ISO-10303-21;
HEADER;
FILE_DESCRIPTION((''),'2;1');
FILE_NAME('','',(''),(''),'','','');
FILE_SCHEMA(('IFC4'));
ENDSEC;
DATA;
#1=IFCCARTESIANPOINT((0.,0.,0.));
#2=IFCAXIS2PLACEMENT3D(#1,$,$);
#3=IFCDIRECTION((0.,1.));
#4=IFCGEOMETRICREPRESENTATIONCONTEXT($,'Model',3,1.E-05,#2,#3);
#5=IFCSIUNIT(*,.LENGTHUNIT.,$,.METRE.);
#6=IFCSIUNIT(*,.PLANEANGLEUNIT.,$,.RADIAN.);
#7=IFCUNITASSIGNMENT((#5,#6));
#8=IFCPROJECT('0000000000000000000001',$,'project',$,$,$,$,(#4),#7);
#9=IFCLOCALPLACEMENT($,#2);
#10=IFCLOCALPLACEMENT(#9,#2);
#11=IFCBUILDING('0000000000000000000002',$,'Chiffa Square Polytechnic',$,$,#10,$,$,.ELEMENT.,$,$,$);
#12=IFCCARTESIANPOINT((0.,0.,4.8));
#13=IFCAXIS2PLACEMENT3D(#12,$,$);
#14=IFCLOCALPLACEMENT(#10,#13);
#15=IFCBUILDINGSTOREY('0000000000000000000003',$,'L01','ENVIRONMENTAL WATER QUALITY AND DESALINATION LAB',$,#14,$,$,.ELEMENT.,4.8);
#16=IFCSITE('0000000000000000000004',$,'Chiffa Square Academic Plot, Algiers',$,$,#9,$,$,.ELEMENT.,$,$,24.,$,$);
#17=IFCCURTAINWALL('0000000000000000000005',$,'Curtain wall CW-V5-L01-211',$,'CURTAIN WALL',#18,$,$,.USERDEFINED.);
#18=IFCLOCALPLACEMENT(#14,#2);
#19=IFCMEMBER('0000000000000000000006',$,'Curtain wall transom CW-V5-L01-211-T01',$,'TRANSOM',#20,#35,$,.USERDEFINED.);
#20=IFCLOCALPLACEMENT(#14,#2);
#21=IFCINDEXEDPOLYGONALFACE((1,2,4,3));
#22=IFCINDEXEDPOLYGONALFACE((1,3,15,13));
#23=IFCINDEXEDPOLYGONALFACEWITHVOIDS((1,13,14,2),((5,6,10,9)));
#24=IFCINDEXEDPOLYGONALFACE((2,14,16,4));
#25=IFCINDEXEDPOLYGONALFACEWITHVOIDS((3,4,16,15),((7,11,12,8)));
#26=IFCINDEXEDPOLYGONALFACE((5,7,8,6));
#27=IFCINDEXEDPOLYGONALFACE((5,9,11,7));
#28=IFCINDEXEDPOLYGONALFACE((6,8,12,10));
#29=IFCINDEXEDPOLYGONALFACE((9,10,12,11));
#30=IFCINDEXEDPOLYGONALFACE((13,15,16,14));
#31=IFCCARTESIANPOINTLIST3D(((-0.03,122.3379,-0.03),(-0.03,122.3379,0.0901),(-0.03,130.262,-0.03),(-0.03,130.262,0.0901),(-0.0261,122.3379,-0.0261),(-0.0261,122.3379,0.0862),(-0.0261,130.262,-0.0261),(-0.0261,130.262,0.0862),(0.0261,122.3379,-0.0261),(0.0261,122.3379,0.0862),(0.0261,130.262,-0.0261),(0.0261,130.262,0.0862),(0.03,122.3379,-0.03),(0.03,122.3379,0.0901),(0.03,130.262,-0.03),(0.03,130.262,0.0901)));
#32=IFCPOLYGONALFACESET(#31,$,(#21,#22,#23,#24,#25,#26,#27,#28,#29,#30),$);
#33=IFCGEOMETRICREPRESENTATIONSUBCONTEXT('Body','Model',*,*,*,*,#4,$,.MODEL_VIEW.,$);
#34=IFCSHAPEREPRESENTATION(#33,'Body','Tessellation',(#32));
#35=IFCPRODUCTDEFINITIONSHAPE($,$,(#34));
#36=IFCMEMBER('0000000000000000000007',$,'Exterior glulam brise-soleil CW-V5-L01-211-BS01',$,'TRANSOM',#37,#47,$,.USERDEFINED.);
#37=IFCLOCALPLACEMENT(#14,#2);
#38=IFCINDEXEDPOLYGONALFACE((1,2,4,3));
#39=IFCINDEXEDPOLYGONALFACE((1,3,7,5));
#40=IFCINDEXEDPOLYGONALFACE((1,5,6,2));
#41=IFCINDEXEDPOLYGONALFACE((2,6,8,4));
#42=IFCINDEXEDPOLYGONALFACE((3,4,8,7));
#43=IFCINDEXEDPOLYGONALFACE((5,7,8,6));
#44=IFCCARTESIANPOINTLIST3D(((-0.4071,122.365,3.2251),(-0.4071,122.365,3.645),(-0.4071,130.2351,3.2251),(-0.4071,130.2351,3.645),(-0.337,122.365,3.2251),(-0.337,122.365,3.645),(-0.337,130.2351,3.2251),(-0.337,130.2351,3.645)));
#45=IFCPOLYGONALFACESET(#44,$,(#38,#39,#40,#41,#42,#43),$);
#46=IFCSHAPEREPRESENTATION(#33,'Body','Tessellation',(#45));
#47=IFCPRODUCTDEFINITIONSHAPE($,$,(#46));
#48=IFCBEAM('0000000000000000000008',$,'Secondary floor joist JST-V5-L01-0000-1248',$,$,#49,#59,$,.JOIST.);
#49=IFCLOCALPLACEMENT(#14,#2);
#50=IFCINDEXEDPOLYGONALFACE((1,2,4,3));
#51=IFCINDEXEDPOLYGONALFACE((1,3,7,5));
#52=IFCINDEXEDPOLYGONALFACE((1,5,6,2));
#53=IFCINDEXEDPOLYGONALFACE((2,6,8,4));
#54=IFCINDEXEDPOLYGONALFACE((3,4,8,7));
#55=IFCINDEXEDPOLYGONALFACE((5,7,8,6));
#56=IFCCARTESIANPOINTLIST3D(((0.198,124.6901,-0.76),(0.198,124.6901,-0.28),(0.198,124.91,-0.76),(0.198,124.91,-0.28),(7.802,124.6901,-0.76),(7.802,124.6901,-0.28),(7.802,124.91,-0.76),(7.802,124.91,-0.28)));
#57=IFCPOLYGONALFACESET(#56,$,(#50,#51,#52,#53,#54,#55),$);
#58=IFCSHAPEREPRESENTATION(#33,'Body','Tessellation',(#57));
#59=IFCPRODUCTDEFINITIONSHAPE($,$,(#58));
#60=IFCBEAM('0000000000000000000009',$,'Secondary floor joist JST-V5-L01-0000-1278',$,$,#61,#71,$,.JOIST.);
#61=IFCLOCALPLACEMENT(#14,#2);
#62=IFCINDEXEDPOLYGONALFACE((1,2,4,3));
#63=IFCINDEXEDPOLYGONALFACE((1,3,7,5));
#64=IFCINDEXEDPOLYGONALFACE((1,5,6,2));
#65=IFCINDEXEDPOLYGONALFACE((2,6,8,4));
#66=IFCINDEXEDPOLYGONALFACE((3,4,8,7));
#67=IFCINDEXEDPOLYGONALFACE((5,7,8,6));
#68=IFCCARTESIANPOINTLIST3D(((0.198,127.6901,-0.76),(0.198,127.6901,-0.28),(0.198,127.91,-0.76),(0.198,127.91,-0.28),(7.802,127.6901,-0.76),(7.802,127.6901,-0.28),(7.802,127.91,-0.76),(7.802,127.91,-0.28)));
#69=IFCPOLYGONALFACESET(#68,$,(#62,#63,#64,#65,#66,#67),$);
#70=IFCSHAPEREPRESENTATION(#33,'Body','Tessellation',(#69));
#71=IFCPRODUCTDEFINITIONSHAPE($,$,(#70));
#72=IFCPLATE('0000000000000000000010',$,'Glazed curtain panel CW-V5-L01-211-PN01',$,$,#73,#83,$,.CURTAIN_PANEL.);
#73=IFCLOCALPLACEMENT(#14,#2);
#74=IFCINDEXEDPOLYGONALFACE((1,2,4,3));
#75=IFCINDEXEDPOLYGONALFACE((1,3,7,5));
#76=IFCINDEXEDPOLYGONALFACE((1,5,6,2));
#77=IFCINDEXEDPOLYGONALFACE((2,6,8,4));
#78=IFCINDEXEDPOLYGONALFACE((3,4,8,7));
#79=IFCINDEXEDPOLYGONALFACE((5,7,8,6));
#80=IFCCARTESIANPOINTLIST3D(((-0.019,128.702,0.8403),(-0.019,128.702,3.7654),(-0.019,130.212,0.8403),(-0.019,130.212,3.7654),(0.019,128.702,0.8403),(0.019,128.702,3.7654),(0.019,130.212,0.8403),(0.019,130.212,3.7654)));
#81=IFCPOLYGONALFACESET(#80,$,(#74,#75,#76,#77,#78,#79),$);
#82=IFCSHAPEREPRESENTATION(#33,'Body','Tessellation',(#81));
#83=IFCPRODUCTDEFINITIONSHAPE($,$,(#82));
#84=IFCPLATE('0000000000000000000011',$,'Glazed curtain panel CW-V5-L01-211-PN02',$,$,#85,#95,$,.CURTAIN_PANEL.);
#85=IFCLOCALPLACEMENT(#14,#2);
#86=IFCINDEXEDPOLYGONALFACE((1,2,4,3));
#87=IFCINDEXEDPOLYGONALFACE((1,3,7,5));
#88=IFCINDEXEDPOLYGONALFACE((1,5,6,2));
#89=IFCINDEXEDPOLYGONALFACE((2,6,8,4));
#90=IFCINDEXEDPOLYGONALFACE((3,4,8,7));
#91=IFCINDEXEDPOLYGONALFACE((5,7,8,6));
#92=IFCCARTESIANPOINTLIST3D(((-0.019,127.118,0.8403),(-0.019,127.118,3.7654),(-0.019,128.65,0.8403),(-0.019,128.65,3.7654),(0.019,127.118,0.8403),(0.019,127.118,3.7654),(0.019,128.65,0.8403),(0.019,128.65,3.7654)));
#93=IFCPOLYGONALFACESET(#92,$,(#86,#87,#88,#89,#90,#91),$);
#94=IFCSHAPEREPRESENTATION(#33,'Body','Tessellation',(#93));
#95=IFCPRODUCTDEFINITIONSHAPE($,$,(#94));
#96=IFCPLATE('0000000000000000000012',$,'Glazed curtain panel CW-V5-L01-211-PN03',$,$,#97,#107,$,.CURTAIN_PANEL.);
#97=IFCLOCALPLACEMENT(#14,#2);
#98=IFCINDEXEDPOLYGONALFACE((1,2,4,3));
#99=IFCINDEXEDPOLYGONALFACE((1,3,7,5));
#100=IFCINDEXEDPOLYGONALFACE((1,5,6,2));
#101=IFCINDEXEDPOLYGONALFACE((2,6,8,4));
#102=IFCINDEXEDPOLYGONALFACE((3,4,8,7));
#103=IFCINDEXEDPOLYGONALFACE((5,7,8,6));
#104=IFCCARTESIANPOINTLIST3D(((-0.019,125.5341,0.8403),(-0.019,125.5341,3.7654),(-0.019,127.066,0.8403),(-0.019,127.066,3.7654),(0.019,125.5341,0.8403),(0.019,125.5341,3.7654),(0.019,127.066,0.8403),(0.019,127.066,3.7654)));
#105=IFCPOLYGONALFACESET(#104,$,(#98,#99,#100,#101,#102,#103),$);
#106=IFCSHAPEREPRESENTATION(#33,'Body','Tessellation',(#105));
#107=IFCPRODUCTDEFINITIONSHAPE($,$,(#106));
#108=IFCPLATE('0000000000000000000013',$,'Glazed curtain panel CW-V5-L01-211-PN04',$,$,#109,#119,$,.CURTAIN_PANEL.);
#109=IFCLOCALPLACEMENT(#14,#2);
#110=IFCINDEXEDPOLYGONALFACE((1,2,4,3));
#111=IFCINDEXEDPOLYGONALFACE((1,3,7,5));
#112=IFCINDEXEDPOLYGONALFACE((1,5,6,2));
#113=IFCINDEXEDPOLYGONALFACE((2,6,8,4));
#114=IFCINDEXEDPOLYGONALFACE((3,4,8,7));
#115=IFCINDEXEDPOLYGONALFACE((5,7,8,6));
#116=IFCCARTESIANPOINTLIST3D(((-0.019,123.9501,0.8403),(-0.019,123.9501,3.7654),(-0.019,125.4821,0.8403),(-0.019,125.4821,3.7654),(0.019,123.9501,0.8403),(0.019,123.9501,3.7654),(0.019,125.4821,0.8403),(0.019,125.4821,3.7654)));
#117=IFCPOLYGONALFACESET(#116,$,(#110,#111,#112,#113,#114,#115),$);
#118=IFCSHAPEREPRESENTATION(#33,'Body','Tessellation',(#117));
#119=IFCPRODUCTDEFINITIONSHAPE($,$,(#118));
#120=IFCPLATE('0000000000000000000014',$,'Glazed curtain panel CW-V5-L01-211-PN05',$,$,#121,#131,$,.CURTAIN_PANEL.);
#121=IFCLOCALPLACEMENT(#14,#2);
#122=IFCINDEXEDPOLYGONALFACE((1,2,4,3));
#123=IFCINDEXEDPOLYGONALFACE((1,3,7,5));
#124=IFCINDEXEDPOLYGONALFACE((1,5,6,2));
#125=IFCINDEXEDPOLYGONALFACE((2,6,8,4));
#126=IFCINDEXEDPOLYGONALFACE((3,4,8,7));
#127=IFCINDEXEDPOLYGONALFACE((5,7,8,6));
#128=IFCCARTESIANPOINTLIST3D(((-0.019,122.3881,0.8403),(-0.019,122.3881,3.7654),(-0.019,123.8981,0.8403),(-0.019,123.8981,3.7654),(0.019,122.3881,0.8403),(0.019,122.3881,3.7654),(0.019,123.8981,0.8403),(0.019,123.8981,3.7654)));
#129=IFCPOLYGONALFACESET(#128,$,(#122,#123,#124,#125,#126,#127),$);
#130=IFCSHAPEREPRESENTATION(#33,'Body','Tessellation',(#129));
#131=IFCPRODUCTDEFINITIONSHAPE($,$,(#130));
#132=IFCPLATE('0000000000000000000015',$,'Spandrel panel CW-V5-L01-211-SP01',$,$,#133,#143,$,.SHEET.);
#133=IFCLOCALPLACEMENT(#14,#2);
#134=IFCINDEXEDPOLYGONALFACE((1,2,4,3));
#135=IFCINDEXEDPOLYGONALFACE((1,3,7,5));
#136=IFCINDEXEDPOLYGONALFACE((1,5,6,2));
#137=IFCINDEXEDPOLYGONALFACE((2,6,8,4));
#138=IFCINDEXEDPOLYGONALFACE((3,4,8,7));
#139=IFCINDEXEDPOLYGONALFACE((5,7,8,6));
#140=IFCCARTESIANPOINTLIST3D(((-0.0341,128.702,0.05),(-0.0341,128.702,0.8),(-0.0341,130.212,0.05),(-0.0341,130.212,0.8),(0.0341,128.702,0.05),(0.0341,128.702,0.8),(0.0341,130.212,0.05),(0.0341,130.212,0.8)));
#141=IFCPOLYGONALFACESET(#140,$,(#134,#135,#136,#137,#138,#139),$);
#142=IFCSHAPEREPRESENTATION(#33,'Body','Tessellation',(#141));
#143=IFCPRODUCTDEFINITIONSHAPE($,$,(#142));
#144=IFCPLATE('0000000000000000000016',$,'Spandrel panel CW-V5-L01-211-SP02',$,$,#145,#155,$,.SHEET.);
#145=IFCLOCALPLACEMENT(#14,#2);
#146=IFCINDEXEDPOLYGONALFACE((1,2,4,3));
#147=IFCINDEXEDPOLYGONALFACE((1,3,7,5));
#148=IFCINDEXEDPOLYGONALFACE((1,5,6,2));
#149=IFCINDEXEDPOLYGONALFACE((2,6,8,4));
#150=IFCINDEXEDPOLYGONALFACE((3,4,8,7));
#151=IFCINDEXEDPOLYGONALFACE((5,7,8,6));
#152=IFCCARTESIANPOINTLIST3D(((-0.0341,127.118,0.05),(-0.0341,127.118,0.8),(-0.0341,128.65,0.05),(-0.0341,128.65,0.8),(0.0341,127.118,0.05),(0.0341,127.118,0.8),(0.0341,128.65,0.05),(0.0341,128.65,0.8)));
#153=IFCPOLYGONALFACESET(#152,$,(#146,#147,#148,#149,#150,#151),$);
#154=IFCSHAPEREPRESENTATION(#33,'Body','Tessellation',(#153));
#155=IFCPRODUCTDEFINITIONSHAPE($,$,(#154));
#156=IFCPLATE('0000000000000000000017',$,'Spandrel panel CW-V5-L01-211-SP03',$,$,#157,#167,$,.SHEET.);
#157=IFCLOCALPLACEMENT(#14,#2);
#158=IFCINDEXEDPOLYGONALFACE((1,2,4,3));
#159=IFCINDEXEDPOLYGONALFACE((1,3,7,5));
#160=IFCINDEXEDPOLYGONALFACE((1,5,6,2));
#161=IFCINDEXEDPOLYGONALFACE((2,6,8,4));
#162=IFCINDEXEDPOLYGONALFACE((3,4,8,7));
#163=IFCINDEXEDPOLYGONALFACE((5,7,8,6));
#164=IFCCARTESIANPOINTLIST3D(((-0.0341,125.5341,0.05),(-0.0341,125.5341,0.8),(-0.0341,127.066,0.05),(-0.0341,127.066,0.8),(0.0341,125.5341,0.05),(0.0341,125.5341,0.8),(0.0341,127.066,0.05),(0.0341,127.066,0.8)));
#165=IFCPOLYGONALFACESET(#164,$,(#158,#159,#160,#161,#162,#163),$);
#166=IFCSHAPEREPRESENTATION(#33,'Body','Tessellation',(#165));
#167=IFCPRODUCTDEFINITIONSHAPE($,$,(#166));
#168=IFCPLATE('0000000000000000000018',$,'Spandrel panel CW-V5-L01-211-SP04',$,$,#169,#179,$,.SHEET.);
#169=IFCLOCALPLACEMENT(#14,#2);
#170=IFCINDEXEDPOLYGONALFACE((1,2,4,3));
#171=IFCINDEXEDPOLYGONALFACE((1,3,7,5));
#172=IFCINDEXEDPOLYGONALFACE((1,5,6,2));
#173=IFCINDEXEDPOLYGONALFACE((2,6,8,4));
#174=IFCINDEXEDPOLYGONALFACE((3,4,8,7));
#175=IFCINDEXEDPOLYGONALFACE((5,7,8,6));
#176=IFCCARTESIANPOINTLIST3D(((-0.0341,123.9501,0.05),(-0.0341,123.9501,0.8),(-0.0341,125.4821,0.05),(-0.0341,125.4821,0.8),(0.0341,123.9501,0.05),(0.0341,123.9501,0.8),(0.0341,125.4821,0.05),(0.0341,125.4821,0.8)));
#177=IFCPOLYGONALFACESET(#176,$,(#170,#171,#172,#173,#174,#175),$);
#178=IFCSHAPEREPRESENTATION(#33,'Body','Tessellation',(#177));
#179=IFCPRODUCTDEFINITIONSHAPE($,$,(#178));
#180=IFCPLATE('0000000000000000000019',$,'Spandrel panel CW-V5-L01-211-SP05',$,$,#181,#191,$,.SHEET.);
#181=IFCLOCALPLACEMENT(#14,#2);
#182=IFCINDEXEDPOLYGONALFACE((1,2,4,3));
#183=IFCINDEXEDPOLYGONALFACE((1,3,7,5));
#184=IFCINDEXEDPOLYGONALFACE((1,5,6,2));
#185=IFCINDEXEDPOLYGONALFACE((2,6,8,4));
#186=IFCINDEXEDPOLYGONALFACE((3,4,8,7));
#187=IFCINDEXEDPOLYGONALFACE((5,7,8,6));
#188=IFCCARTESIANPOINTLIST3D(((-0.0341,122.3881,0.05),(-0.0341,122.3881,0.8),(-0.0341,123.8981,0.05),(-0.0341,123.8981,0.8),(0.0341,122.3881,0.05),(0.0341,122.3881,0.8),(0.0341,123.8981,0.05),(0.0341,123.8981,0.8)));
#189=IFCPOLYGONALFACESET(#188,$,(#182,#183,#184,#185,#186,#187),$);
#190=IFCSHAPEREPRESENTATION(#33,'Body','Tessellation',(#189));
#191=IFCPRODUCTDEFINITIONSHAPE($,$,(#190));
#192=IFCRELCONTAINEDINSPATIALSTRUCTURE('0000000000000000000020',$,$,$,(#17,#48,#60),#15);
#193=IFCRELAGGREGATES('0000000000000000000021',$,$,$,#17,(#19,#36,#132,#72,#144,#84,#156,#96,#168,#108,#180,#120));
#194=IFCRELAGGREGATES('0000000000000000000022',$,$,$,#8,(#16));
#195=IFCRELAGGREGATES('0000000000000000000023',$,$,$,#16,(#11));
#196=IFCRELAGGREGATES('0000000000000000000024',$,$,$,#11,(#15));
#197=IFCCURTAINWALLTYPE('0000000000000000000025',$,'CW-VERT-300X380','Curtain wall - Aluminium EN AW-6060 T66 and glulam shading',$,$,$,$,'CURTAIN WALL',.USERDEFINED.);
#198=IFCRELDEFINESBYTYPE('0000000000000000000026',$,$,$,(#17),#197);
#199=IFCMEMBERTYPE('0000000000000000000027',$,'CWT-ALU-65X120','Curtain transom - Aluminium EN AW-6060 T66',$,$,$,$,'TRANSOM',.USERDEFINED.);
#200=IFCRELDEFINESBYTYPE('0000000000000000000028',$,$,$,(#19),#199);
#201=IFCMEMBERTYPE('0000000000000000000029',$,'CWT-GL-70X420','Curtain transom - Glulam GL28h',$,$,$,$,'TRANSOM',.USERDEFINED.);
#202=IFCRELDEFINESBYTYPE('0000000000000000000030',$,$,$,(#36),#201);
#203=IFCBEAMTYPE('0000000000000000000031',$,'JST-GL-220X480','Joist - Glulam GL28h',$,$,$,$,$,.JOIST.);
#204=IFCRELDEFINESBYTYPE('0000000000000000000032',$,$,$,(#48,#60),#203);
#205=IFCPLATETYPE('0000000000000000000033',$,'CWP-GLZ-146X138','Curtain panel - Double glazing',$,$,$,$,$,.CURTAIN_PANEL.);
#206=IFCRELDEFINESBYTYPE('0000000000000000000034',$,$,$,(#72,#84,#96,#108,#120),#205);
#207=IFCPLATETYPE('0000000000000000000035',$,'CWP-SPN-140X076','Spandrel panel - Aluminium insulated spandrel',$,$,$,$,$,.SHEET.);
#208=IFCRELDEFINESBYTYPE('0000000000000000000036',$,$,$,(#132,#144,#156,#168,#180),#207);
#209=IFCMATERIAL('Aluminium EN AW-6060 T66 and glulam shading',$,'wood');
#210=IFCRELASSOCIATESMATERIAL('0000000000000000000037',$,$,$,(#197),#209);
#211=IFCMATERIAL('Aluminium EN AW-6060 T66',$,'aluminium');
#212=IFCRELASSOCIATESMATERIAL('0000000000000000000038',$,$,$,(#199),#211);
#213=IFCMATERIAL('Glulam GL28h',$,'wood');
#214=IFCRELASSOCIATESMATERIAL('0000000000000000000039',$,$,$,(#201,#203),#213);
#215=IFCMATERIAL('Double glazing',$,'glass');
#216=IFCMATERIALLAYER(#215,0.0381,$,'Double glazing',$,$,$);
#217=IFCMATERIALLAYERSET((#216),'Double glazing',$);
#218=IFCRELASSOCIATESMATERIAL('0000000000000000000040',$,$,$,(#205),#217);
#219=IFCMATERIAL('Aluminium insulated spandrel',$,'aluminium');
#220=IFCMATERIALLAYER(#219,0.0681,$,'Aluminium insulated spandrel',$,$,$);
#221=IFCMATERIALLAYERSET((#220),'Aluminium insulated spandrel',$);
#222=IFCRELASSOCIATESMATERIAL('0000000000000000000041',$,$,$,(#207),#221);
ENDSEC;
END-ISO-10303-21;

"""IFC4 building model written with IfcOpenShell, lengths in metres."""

from ifc_helpers import new_model, si_unit, direction, frame, origin, origin_2d, place, context, subcontext, project, spatial, rectangle, hollow_rectangle, extrude, material, layer, layer_set, material_profile, profile_set, type_object, element, aggregate, save


model = new_model("IFC4")

# Units and contexts
model_context = context("Model", 3, precision=1e-05, world=origin(), true_north=direction((0.0, 1.0)))
body_context = subcontext(model_context, "Body", "Model", "MODEL_VIEW")
ifc_project = project(units=[si_unit("LENGTHUNIT", "METRE"), si_unit("PLANEANGLEUNIT", "RADIAN")], contexts=[model_context])

# Site, building, storey
site_placement = place(None, origin())
site = spatial("IfcSite", under=ifc_project, at=site_placement, Name="Chiffa Square Academic Plot, Algiers", CompositionType="ELEMENT", RefElevation=24.0)
building_placement = place(site_placement, origin())
building = spatial("IfcBuilding", under=site, at=building_placement, Name="Chiffa Square Polytechnic", CompositionType="ELEMENT")
storey_placement = place(building_placement, frame((0.0, 0.0, 4.8)))
storey = spatial("IfcBuildingStorey", under=building, at=storey_placement, Name="L01", Description="ENVIRONMENTAL WATER QUALITY AND DESALINATION LAB", CompositionType="ELEMENT", Elevation=4.8)

# Curtain wall, members
ifc_material_1 = material(Name="Aluminium EN AW-6060 T66 and glulam shading", Category="wood")
curtain_wall_type = type_object("IfcCurtainWallType", Name="CW-VERT-300X380", Description="Curtain wall - Aluminium EN AW-6060 T66 and glulam shading", ElementType="CURTAIN WALL", PredefinedType="USERDEFINED", material=ifc_material_1)
curtain_wall_placement = place(storey_placement, origin())
curtain_wall = element("IfcCurtainWall", 1, at=curtain_wall_placement, inside=storey, type_object=curtain_wall_type, Name="Curtain wall CW-V5-L01-211", ObjectType="CURTAIN WALL", PredefinedType="USERDEFINED")
ifc_material_2 = material(Name="Aluminium EN AW-6060 T66", Category="aluminium")
ifc_material_3 = material(Name="Glulam GL28h", Category="wood")
ifc_material_profile_1 = material_profile(ifc_material_2, hollow_rectangle(XDim=0.0601, YDim=0.1201, WallThickness=0.0039, at=origin_2d()), Name="ALU 60x120x4")
ifc_profile_set_1 = profile_set([ifc_material_profile_1], Name="Aluminium EN AW-6060 T66")
member_type_1 = type_object("IfcMemberType", Name="CWT-ALU-65X120", Description="Curtain transom - Aluminium EN AW-6060 T66", ElementType="TRANSOM", PredefinedType="USERDEFINED", material=ifc_profile_set_1)
member_1_placement = place(storey_placement, frame((0.0, 130.262, 0.03), z_axis=(0.0, -1.0, 0.0), x_axis=(1.0, 0.0, 0.0)))
member_1 = element("IfcMember", 2, at=member_1_placement, type_object=member_type_1, Name="Curtain wall transom CW-V5-L01-211-T01", ObjectType="TRANSOM", PredefinedType="USERDEFINED", context=body_context, shape_type="SweptSolid", body=[
    extrude(hollow_rectangle(XDim=0.0601, YDim=0.1201, WallThickness=0.0039, at=origin_2d()), origin(), (0.0, 0.0, 1.0), 7.9241),
])
ifc_material_profile_2 = material_profile(ifc_material_3, rectangle(XDim=0.0701, YDim=0.4199, at=origin_2d()), Name="GL28h 70x420")
ifc_profile_set_2 = profile_set([ifc_material_profile_2], Name="Glulam GL28h")
member_type_2 = type_object("IfcMemberType", Name="CWT-GL-70X420", Description="Curtain transom - Glulam GL28h", ElementType="TRANSOM", PredefinedType="USERDEFINED", material=ifc_profile_set_2)
member_2_placement = place(storey_placement, frame((-0.3721, 130.2351, 3.4351), z_axis=(0.0, -1.0, 0.0), x_axis=(1.0, 0.0, 0.0)))
member_2 = element("IfcMember", 3, at=member_2_placement, type_object=member_type_2, Name="Exterior glulam brise-soleil CW-V5-L01-211-BS01", ObjectType="TRANSOM", PredefinedType="USERDEFINED", context=body_context, shape_type="SweptSolid", body=[
    extrude(rectangle(XDim=0.0701, YDim=0.4199, at=origin_2d()), origin(), (0.0, 0.0, 1.0), 7.8701),
])

# Beams
ifc_material_profile_3 = material_profile(ifc_material_3, rectangle(XDim=0.22, YDim=0.48, at=origin_2d()), Name="GL28h 220x480")
ifc_profile_set_3 = profile_set([ifc_material_profile_3], Name="Glulam GL28h")
beam_type = type_object("IfcBeamType", Name="JST-GL-220X480", Description="Joist - Glulam GL28h", PredefinedType="JOIST", material=ifc_profile_set_3)
for number, where, z_axis, x_axis, name in (
    (4, (0.198, 124.8, -0.52), (1.0, 0.0, 0.0), (0.0, 1.0, 0.0), "Secondary floor joist JST-V5-L01-0000-1248"),
    (5, (0.198, 127.8, -0.52), (1.0, 0.0, 0.0), (0.0, 1.0, 0.0), "Secondary floor joist JST-V5-L01-0000-1278"),
):
    element("IfcBeam", number, at=place(storey_placement, frame(where, z_axis=z_axis, x_axis=x_axis)), inside=storey, type_object=beam_type, Name=name, PredefinedType="JOIST", context=body_context, shape_type="SweptSolid", body=[
        extrude(rectangle(XDim=0.22, YDim=0.48, at=origin_2d()), origin(), (0.0, 0.0, 1.0), 7.604),
    ])

# Plates
ifc_material_4 = material(Name="Double glazing", Category="glass")
ifc_layer_1 = layer(ifc_material_4, 0.0381, Name="Double glazing")
ifc_layer_set_1 = layer_set([ifc_layer_1], Name="Double glazing")
plate_type_1 = type_object("IfcPlateType", Name="CWP-GLZ-146X138", Description="Curtain panel - Double glazing", PredefinedType="CURTAIN_PANEL", material=ifc_layer_set_1)
plate_1_placement = place(storey_placement, frame((0.0, 129.457, 0.8403), z_axis=(0.0, 0.0, 1.0), x_axis=(0.0, -1.0, 0.0)))
plate_1 = element("IfcPlate", 6, at=plate_1_placement, type_object=plate_type_1, Name="Glazed curtain panel CW-V5-L01-211-PN01", PredefinedType="CURTAIN_PANEL", context=body_context, shape_type="SweptSolid", body=[
    extrude(rectangle(XDim=1.51, YDim=0.0381, at=origin_2d()), origin(), (0.0, 0.0, 1.0), 2.925),
])
plate_2_placement = place(storey_placement, frame((0.0, 127.884, 0.8403), z_axis=(0.0, 0.0, 1.0), x_axis=(0.0, -1.0, 0.0)))
plate_2 = element("IfcPlate", 7, at=plate_2_placement, type_object=plate_type_1, Name="Glazed curtain panel CW-V5-L01-211-PN02", PredefinedType="CURTAIN_PANEL", context=body_context, shape_type="SweptSolid", body=[
    extrude(rectangle(XDim=1.532, YDim=0.0381, at=origin_2d()), origin(), (0.0, 0.0, 1.0), 2.925),
])
plate_3_placement = place(storey_placement, frame((0.0, 126.3, 0.8403), z_axis=(0.0, 0.0, 1.0), x_axis=(0.0, -1.0, 0.0)))
plate_3 = element("IfcPlate", 8, at=plate_3_placement, type_object=plate_type_1, Name="Glazed curtain panel CW-V5-L01-211-PN03", PredefinedType="CURTAIN_PANEL", context=body_context, shape_type="SweptSolid", body=[
    extrude(rectangle(XDim=1.532, YDim=0.0381, at=origin_2d()), origin(), (0.0, 0.0, 1.0), 2.925),
])
plate_4_placement = place(storey_placement, frame((0.0, 124.7161, 0.8403), z_axis=(0.0, 0.0, 1.0), x_axis=(0.0, -1.0, 0.0)))
plate_4 = element("IfcPlate", 9, at=plate_4_placement, type_object=plate_type_1, Name="Glazed curtain panel CW-V5-L01-211-PN04", PredefinedType="CURTAIN_PANEL", context=body_context, shape_type="SweptSolid", body=[
    extrude(rectangle(XDim=1.532, YDim=0.0381, at=origin_2d()), origin(), (0.0, 0.0, 1.0), 2.925),
])
plate_5_placement = place(storey_placement, frame((0.0, 123.1431, 0.8403), z_axis=(0.0, 0.0, 1.0), x_axis=(0.0, -1.0, 0.0)))
plate_5 = element("IfcPlate", 10, at=plate_5_placement, type_object=plate_type_1, Name="Glazed curtain panel CW-V5-L01-211-PN05", PredefinedType="CURTAIN_PANEL", context=body_context, shape_type="SweptSolid", body=[
    extrude(rectangle(XDim=1.51, YDim=0.0381, at=origin_2d()), origin(), (0.0, 0.0, 1.0), 2.925),
])
ifc_material_5 = material(Name="Aluminium insulated spandrel", Category="aluminium")
ifc_layer_2 = layer(ifc_material_5, 0.0681, Name="Aluminium insulated spandrel")
ifc_layer_set_2 = layer_set([ifc_layer_2], Name="Aluminium insulated spandrel")
plate_type_2 = type_object("IfcPlateType", Name="CWP-SPN-140X076", Description="Spandrel panel - Aluminium insulated spandrel", PredefinedType="SHEET", material=ifc_layer_set_2)
plate_6_placement = place(storey_placement, frame((0.0, 129.457, 0.05), z_axis=(0.0, 0.0, 1.0), x_axis=(0.0, -1.0, 0.0)))
plate_6 = element("IfcPlate", 11, at=plate_6_placement, type_object=plate_type_2, Name="Spandrel panel CW-V5-L01-211-SP01", PredefinedType="SHEET", context=body_context, shape_type="SweptSolid", body=[
    extrude(rectangle(XDim=1.51, YDim=0.0681, at=origin_2d()), origin(), (0.0, 0.0, 1.0), 0.75),
])
plate_7_placement = place(storey_placement, frame((0.0, 127.884, 0.05), z_axis=(0.0, 0.0, 1.0), x_axis=(0.0, -1.0, 0.0)))
plate_7 = element("IfcPlate", 12, at=plate_7_placement, type_object=plate_type_2, Name="Spandrel panel CW-V5-L01-211-SP02", PredefinedType="SHEET", context=body_context, shape_type="SweptSolid", body=[
    extrude(rectangle(XDim=1.532, YDim=0.0681, at=origin_2d()), origin(), (0.0, 0.0, 1.0), 0.75),
])
plate_8_placement = place(storey_placement, frame((0.0, 126.3, 0.05), z_axis=(0.0, 0.0, 1.0), x_axis=(0.0, -1.0, 0.0)))
plate_8 = element("IfcPlate", 13, at=plate_8_placement, type_object=plate_type_2, Name="Spandrel panel CW-V5-L01-211-SP03", PredefinedType="SHEET", context=body_context, shape_type="SweptSolid", body=[
    extrude(rectangle(XDim=1.532, YDim=0.0681, at=origin_2d()), origin(), (0.0, 0.0, 1.0), 0.75),
])
plate_9_placement = place(storey_placement, frame((0.0, 124.7161, 0.05), z_axis=(0.0, 0.0, 1.0), x_axis=(0.0, -1.0, 0.0)))
plate_9 = element("IfcPlate", 14, at=plate_9_placement, type_object=plate_type_2, Name="Spandrel panel CW-V5-L01-211-SP04", PredefinedType="SHEET", context=body_context, shape_type="SweptSolid", body=[
    extrude(rectangle(XDim=1.532, YDim=0.0681, at=origin_2d()), origin(), (0.0, 0.0, 1.0), 0.75),
])
plate_10_placement = place(storey_placement, frame((0.0, 123.1431, 0.05), z_axis=(0.0, 0.0, 1.0), x_axis=(0.0, -1.0, 0.0)))
plate_10 = element("IfcPlate", 15, at=plate_10_placement, type_object=plate_type_2, Name="Spandrel panel CW-V5-L01-211-SP05", PredefinedType="SHEET", context=body_context, shape_type="SweptSolid", body=[
    extrude(rectangle(XDim=1.51, YDim=0.0681, at=origin_2d()), origin(), (0.0, 0.0, 1.0), 0.75),
])
aggregate(curtain_wall, [member_1, member_2, plate_6, plate_1, plate_7, plate_2, plate_8, plate_3, plate_9, plate_4, plate_10, plate_5])

save(model, "model.ifc")
